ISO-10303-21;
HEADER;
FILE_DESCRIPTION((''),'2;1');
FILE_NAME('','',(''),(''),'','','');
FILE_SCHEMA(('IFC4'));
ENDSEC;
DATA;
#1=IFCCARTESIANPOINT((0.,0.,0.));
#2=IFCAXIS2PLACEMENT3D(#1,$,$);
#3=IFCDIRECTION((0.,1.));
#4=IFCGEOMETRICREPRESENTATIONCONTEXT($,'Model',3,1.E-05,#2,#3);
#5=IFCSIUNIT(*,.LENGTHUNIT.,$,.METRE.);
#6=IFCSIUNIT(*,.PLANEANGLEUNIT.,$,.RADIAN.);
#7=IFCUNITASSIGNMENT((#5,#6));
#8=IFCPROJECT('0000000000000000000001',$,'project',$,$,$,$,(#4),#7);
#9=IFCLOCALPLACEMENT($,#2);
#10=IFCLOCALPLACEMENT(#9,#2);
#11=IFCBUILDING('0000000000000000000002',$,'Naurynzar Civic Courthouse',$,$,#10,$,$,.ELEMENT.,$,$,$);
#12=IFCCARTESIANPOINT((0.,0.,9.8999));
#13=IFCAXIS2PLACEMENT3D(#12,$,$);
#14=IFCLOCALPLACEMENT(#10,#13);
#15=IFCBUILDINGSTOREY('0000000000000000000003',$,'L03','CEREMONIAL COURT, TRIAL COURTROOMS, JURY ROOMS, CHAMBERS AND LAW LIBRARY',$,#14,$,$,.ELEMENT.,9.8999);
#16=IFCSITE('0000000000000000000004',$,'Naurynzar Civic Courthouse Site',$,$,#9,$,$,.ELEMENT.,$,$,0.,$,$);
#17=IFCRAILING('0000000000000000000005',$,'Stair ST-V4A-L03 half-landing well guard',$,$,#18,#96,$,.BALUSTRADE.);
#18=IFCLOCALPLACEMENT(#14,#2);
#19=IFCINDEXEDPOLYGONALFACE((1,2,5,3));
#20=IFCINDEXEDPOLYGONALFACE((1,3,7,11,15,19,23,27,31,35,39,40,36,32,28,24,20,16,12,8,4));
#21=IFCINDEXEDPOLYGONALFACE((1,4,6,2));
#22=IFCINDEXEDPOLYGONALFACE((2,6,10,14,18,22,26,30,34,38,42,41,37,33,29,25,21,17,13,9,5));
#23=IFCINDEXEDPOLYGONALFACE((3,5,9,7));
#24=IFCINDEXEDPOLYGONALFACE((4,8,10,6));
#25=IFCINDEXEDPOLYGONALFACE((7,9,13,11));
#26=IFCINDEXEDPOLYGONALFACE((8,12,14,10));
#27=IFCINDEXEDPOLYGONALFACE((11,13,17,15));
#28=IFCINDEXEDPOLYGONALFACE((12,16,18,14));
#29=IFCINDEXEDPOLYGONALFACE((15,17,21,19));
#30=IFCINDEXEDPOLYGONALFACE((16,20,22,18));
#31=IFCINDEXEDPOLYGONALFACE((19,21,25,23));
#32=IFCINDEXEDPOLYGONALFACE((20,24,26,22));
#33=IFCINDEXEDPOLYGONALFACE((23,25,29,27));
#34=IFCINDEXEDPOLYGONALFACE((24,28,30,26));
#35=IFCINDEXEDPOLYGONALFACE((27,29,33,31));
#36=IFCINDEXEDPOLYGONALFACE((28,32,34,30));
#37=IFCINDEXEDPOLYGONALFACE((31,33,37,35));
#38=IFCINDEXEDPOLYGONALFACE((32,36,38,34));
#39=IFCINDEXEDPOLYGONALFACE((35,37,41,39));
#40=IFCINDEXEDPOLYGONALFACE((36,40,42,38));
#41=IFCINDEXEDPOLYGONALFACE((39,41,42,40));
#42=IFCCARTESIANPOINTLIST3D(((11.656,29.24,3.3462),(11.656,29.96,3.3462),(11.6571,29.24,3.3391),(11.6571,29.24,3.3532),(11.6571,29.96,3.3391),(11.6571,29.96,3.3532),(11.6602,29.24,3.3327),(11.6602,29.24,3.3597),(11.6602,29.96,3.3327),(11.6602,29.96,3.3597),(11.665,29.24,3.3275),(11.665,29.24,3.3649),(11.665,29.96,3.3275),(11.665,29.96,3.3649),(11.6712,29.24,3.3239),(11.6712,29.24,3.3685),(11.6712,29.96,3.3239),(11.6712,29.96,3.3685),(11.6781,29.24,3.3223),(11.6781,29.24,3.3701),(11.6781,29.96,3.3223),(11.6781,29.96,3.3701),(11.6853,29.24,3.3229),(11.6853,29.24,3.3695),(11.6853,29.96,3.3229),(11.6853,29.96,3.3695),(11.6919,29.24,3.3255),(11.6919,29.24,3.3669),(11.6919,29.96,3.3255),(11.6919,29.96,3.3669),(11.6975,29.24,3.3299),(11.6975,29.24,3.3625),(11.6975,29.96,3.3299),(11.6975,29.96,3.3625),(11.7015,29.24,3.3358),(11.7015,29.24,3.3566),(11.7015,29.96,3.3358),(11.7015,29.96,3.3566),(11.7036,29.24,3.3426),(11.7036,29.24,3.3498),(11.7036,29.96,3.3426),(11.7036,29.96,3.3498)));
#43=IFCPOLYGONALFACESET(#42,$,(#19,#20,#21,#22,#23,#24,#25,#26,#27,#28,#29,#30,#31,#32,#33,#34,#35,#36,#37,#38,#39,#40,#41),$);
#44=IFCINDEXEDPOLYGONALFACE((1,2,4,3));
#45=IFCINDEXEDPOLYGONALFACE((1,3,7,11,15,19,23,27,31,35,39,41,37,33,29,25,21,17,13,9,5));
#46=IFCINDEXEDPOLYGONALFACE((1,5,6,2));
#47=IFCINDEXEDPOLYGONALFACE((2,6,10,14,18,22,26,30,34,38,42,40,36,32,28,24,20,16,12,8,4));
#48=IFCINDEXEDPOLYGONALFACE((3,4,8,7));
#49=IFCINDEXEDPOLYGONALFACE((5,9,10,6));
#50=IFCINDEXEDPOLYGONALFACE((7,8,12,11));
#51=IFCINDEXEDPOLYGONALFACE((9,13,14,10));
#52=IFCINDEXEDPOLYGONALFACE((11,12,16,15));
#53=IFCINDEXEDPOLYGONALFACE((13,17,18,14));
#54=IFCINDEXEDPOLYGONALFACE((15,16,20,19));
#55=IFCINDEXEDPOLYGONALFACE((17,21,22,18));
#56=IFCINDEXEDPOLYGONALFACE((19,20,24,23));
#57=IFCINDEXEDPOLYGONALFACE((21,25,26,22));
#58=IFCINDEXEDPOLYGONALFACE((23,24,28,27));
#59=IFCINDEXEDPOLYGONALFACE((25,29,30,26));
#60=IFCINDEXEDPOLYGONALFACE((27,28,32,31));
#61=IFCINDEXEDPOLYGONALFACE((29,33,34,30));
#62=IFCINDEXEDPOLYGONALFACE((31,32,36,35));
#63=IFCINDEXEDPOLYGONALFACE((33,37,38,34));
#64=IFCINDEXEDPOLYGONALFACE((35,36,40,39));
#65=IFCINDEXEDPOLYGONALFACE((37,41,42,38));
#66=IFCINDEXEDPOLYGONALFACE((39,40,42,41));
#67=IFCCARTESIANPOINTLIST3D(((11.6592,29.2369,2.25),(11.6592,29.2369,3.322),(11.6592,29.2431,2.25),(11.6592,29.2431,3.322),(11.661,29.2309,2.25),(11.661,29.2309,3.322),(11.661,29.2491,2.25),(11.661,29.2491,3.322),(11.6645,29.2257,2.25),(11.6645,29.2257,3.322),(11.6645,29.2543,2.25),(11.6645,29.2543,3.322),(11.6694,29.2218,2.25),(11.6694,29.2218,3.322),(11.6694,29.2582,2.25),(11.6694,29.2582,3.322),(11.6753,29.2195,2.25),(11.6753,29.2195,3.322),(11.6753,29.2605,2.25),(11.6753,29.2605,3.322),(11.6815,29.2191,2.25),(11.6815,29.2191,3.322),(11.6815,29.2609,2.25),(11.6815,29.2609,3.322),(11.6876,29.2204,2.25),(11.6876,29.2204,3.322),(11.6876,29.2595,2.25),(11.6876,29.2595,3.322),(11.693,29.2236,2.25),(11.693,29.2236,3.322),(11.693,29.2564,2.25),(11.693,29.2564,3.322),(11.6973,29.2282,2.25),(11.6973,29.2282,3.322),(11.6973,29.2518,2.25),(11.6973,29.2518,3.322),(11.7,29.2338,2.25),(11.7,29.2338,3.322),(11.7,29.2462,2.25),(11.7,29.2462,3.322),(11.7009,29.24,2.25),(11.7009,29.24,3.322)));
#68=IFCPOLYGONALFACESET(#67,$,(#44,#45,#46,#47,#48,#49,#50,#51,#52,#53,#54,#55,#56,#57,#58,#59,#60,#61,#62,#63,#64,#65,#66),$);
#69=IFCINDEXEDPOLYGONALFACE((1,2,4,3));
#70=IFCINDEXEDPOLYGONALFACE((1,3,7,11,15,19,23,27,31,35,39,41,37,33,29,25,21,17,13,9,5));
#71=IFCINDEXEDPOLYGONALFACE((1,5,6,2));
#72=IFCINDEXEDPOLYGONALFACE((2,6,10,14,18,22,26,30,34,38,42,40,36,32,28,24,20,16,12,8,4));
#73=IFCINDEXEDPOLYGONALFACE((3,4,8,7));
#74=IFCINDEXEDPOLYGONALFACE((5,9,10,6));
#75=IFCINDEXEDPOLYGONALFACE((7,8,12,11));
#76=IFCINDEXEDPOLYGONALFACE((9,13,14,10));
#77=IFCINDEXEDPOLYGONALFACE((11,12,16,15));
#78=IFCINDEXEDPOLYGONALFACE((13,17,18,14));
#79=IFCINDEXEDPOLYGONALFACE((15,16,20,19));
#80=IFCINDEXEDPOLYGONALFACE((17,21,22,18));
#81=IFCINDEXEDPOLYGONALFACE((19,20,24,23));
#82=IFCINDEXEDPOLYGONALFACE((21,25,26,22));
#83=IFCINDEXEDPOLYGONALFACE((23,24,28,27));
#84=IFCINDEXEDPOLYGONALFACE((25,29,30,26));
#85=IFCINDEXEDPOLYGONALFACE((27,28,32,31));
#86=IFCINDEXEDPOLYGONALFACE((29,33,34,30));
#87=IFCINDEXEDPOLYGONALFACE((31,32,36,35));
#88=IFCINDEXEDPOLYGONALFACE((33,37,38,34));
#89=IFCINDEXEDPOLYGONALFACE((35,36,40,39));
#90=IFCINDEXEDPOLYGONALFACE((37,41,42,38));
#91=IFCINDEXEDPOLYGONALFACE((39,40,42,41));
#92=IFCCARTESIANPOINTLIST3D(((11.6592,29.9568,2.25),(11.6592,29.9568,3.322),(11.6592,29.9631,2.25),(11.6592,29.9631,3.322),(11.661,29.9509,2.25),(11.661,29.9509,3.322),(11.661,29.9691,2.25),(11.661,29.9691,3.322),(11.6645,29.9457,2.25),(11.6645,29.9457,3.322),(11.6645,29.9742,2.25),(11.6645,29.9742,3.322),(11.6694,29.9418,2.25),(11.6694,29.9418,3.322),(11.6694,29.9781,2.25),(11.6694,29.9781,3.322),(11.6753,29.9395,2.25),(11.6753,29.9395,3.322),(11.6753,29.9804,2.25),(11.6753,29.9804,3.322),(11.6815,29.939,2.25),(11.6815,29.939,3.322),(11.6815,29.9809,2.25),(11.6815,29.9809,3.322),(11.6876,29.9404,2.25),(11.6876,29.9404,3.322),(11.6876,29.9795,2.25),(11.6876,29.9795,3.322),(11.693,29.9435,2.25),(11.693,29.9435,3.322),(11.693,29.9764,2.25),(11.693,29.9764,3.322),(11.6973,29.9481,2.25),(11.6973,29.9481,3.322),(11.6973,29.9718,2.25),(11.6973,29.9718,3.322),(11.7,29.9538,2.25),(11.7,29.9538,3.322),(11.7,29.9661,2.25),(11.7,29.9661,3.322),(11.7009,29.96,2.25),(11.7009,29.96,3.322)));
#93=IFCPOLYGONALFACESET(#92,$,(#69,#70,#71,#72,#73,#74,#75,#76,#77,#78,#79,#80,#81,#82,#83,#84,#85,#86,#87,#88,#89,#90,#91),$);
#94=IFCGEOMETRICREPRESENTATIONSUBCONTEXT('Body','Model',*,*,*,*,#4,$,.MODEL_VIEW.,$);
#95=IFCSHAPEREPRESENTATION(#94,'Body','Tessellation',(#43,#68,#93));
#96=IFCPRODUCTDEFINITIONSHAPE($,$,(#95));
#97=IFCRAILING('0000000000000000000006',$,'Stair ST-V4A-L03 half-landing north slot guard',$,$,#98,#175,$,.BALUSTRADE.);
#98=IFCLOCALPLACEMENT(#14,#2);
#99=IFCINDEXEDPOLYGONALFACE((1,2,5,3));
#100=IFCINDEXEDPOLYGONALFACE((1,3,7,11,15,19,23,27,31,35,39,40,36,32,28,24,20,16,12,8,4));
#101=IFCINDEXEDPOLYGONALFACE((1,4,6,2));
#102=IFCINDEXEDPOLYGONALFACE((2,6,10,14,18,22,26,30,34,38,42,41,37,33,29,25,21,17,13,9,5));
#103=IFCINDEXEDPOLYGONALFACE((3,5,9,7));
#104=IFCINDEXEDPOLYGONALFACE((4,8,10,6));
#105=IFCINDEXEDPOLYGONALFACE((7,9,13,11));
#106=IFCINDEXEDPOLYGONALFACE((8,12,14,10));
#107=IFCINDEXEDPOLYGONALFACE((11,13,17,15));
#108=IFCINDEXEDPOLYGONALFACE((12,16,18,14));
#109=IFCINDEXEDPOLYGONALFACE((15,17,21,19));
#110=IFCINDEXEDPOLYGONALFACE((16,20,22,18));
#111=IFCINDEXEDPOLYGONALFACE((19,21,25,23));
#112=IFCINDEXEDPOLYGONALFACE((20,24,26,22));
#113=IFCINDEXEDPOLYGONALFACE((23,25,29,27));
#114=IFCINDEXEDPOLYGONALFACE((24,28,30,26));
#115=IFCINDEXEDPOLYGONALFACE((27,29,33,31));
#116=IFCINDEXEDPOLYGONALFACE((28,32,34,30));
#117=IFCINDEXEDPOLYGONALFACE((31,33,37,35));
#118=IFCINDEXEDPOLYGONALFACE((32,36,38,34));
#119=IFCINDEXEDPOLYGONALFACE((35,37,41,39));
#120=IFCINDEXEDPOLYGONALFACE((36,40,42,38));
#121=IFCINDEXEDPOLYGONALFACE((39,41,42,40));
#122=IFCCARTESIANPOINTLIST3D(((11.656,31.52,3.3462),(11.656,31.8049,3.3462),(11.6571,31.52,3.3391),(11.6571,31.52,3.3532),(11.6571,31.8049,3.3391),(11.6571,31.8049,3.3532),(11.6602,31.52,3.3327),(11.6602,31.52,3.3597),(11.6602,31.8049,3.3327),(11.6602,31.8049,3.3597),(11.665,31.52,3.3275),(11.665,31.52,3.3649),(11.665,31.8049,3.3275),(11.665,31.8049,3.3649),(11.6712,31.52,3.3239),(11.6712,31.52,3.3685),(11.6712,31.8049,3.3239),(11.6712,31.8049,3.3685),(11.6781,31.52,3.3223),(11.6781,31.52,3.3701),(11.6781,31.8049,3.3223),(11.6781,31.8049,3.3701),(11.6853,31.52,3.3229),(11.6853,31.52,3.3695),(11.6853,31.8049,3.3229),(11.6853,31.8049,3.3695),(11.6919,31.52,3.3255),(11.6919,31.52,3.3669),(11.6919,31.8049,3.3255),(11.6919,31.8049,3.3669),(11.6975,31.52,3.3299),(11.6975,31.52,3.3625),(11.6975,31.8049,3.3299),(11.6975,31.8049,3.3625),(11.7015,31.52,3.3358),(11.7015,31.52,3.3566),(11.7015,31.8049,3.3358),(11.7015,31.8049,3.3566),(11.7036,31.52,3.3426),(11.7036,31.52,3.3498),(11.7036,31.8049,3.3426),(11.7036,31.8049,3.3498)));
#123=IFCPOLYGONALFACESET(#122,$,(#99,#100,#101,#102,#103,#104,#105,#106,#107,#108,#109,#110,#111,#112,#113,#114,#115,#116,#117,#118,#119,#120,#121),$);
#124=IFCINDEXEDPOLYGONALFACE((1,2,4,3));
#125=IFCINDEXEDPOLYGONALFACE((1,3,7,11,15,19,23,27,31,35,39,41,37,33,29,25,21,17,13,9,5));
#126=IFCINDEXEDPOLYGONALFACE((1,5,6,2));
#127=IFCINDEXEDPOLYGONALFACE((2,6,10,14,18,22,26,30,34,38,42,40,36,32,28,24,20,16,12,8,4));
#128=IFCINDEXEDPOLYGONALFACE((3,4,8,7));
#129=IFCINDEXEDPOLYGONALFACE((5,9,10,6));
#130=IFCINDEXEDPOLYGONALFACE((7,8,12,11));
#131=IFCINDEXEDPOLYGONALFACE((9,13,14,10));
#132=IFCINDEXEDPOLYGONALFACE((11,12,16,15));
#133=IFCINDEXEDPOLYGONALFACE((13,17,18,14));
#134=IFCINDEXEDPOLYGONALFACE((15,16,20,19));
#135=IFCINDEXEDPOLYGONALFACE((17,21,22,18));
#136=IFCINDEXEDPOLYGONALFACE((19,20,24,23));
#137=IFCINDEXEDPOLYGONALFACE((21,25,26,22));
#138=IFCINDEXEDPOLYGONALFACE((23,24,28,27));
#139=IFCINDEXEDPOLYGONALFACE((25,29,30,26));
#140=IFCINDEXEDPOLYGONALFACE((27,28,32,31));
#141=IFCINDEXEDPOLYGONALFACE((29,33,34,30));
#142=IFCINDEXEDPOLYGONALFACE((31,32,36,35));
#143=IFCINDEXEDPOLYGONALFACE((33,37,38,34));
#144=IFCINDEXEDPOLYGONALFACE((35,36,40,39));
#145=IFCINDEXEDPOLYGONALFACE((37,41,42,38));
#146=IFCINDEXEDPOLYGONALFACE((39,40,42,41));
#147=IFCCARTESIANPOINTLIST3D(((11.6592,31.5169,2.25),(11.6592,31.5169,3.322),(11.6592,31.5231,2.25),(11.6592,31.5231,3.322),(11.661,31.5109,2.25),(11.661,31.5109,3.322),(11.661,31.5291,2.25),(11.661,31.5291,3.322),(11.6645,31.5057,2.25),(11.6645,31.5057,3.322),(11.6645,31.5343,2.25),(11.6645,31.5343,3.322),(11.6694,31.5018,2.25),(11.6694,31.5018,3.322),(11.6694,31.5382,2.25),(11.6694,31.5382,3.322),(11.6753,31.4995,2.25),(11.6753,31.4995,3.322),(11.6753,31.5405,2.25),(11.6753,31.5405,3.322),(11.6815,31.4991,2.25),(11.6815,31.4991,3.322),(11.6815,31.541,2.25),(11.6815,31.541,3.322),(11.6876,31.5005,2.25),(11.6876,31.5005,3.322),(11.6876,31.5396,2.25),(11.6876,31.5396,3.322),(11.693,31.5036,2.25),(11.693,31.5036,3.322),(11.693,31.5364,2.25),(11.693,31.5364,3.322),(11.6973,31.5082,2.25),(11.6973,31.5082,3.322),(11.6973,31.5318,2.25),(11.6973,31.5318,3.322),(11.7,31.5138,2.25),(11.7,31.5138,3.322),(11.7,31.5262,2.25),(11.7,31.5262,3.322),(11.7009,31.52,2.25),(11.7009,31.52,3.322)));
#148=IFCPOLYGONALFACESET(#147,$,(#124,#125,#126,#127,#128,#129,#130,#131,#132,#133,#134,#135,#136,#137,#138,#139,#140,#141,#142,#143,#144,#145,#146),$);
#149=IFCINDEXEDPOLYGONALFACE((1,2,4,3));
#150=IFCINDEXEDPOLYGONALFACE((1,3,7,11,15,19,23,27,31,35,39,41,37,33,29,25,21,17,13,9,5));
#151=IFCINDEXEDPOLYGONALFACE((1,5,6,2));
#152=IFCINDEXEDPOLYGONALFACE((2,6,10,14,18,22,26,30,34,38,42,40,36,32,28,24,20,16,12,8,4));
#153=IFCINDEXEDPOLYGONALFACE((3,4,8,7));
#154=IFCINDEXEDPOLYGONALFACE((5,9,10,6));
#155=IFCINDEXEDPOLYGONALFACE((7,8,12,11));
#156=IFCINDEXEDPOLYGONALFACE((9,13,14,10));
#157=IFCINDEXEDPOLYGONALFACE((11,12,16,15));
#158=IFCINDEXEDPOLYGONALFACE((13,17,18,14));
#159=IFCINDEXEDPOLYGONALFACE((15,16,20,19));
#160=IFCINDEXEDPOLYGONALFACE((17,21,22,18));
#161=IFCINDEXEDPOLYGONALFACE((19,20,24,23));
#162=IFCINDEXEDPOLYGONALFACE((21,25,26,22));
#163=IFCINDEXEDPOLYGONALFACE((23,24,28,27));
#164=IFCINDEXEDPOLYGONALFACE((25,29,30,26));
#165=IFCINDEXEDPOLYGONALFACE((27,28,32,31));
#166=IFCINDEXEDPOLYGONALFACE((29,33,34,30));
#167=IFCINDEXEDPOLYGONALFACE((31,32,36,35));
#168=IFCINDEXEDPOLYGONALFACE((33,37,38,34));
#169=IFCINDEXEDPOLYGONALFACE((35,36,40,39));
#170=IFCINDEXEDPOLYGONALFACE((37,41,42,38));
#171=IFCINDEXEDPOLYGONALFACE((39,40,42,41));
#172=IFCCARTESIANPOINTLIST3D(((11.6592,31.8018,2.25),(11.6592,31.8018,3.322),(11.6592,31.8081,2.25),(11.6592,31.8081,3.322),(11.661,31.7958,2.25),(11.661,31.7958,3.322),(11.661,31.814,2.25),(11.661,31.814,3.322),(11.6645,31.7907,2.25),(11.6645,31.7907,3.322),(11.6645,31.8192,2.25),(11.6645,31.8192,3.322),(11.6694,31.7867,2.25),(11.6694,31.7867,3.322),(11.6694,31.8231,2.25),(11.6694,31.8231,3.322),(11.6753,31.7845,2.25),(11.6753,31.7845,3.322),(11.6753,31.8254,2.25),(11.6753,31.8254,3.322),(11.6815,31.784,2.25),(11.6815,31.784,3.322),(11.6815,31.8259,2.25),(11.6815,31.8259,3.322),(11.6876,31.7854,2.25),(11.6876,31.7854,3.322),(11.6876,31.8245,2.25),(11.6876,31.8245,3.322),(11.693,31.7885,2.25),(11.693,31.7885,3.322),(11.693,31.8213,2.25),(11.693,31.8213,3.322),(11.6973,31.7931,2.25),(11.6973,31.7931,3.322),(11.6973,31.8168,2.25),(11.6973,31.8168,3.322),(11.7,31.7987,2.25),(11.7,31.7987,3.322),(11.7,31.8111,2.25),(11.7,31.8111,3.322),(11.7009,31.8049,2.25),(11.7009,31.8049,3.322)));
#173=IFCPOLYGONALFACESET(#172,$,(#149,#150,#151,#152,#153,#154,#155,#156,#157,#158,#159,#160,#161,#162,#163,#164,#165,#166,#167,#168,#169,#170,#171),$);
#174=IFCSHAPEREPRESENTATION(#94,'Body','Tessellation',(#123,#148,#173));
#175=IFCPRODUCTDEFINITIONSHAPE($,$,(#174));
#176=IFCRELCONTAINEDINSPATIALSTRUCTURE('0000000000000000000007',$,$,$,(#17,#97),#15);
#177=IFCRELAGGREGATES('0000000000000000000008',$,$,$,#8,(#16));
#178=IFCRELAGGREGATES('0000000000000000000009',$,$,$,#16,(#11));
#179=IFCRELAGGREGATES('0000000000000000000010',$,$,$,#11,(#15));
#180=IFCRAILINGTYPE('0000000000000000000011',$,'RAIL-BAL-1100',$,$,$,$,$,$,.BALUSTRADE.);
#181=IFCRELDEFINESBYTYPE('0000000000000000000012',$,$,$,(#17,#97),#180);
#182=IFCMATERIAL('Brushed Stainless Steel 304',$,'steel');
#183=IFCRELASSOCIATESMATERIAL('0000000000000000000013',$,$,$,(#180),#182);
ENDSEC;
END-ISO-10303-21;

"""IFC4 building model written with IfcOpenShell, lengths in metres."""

from ifc_helpers import new_model, si_unit, direction, frame, origin, origin_2d, place, context, subcontext, project, spatial, circle, extrude, material, type_object, element, save


model = new_model("IFC4")

# Units and contexts
model_context = context("Model", 3, precision=1e-05, world=origin(), true_north=direction((0.0, 1.0)))
body_context = subcontext(model_context, "Body", "Model", "MODEL_VIEW")
ifc_project = project(units=[si_unit("LENGTHUNIT", "METRE"), si_unit("PLANEANGLEUNIT", "RADIAN")], contexts=[model_context])

# Site, building, storey
site_placement = place(None, origin())
site = spatial("IfcSite", under=ifc_project, at=site_placement, Name="Naurynzar Civic Courthouse Site", CompositionType="ELEMENT", RefElevation=0.0)
building_placement = place(site_placement, origin())
building = spatial("IfcBuilding", under=site, at=building_placement, Name="Naurynzar Civic Courthouse", CompositionType="ELEMENT")
storey_placement = place(building_placement, frame((0.0, 0.0, 9.8999)))
storey = spatial("IfcBuildingStorey", under=building, at=storey_placement, Name="L03", Description="CEREMONIAL COURT, TRIAL COURTROOMS, JURY ROOMS, CHAMBERS AND LAW LIBRARY", CompositionType="ELEMENT", Elevation=9.8999)

# Railings
ifc_material_1 = material(Name="Brushed Stainless Steel 304", Category="steel")
railing_type_1 = type_object("IfcRailingType", Name="RAIL-BAL-1100", PredefinedType="BALUSTRADE", material=ifc_material_1)
for number, where, name in (
    (1, (11.6799, 29.24, 2.25), "Stair ST-V4A-L03 half-landing well guard"),
):
    element("IfcRailing", number, at=place(storey_placement, frame(where)), inside=storey, type_object=railing_type_1, Name=name, PredefinedType="BALUSTRADE", context=body_context, shape_type="SweptSolid", body=[
        extrude(circle(Radius=0.0239, at=origin_2d()), frame((0.0, 0.0, 1.0962), z_axis=(0.0, 1.0, 0.0), x_axis=(-1.0, 0.0, 0.0)), (0.0, 0.0, 1.0), 0.72),
        extrude(circle(Radius=0.021, at=origin_2d()), origin(), (0.0, 0.0, 1.0), 1.072),
        extrude(circle(Radius=0.021, at=origin_2d()), frame((0.0, 0.72, 0.0)), (0.0, 0.0, 1.0), 1.072),
    ])
railing_1_placement = place(storey_placement, frame((11.6799, 31.52, 2.25)))
element("IfcRailing", 2, at=railing_1_placement, inside=storey, type_object=railing_type_1, Name="Stair ST-V4A-L03 half-landing north slot guard", PredefinedType="BALUSTRADE", context=body_context, shape_type="SweptSolid", body=[
    extrude(circle(Radius=0.0239, at=origin_2d()), frame((0.0, 0.0, 1.0962), z_axis=(0.0, 1.0, 0.0), x_axis=(-1.0, 0.0, 0.0)), (0.0, 0.0, 1.0), 0.2849),
    extrude(circle(Radius=0.021, at=origin_2d()), origin(), (0.0, 0.0, 1.0), 1.072),
    extrude(circle(Radius=0.021, at=origin_2d()), frame((0.0, 0.2849, 0.0)), (0.0, 0.0, 1.0), 1.072),
])

save(model, "model.ifc")
